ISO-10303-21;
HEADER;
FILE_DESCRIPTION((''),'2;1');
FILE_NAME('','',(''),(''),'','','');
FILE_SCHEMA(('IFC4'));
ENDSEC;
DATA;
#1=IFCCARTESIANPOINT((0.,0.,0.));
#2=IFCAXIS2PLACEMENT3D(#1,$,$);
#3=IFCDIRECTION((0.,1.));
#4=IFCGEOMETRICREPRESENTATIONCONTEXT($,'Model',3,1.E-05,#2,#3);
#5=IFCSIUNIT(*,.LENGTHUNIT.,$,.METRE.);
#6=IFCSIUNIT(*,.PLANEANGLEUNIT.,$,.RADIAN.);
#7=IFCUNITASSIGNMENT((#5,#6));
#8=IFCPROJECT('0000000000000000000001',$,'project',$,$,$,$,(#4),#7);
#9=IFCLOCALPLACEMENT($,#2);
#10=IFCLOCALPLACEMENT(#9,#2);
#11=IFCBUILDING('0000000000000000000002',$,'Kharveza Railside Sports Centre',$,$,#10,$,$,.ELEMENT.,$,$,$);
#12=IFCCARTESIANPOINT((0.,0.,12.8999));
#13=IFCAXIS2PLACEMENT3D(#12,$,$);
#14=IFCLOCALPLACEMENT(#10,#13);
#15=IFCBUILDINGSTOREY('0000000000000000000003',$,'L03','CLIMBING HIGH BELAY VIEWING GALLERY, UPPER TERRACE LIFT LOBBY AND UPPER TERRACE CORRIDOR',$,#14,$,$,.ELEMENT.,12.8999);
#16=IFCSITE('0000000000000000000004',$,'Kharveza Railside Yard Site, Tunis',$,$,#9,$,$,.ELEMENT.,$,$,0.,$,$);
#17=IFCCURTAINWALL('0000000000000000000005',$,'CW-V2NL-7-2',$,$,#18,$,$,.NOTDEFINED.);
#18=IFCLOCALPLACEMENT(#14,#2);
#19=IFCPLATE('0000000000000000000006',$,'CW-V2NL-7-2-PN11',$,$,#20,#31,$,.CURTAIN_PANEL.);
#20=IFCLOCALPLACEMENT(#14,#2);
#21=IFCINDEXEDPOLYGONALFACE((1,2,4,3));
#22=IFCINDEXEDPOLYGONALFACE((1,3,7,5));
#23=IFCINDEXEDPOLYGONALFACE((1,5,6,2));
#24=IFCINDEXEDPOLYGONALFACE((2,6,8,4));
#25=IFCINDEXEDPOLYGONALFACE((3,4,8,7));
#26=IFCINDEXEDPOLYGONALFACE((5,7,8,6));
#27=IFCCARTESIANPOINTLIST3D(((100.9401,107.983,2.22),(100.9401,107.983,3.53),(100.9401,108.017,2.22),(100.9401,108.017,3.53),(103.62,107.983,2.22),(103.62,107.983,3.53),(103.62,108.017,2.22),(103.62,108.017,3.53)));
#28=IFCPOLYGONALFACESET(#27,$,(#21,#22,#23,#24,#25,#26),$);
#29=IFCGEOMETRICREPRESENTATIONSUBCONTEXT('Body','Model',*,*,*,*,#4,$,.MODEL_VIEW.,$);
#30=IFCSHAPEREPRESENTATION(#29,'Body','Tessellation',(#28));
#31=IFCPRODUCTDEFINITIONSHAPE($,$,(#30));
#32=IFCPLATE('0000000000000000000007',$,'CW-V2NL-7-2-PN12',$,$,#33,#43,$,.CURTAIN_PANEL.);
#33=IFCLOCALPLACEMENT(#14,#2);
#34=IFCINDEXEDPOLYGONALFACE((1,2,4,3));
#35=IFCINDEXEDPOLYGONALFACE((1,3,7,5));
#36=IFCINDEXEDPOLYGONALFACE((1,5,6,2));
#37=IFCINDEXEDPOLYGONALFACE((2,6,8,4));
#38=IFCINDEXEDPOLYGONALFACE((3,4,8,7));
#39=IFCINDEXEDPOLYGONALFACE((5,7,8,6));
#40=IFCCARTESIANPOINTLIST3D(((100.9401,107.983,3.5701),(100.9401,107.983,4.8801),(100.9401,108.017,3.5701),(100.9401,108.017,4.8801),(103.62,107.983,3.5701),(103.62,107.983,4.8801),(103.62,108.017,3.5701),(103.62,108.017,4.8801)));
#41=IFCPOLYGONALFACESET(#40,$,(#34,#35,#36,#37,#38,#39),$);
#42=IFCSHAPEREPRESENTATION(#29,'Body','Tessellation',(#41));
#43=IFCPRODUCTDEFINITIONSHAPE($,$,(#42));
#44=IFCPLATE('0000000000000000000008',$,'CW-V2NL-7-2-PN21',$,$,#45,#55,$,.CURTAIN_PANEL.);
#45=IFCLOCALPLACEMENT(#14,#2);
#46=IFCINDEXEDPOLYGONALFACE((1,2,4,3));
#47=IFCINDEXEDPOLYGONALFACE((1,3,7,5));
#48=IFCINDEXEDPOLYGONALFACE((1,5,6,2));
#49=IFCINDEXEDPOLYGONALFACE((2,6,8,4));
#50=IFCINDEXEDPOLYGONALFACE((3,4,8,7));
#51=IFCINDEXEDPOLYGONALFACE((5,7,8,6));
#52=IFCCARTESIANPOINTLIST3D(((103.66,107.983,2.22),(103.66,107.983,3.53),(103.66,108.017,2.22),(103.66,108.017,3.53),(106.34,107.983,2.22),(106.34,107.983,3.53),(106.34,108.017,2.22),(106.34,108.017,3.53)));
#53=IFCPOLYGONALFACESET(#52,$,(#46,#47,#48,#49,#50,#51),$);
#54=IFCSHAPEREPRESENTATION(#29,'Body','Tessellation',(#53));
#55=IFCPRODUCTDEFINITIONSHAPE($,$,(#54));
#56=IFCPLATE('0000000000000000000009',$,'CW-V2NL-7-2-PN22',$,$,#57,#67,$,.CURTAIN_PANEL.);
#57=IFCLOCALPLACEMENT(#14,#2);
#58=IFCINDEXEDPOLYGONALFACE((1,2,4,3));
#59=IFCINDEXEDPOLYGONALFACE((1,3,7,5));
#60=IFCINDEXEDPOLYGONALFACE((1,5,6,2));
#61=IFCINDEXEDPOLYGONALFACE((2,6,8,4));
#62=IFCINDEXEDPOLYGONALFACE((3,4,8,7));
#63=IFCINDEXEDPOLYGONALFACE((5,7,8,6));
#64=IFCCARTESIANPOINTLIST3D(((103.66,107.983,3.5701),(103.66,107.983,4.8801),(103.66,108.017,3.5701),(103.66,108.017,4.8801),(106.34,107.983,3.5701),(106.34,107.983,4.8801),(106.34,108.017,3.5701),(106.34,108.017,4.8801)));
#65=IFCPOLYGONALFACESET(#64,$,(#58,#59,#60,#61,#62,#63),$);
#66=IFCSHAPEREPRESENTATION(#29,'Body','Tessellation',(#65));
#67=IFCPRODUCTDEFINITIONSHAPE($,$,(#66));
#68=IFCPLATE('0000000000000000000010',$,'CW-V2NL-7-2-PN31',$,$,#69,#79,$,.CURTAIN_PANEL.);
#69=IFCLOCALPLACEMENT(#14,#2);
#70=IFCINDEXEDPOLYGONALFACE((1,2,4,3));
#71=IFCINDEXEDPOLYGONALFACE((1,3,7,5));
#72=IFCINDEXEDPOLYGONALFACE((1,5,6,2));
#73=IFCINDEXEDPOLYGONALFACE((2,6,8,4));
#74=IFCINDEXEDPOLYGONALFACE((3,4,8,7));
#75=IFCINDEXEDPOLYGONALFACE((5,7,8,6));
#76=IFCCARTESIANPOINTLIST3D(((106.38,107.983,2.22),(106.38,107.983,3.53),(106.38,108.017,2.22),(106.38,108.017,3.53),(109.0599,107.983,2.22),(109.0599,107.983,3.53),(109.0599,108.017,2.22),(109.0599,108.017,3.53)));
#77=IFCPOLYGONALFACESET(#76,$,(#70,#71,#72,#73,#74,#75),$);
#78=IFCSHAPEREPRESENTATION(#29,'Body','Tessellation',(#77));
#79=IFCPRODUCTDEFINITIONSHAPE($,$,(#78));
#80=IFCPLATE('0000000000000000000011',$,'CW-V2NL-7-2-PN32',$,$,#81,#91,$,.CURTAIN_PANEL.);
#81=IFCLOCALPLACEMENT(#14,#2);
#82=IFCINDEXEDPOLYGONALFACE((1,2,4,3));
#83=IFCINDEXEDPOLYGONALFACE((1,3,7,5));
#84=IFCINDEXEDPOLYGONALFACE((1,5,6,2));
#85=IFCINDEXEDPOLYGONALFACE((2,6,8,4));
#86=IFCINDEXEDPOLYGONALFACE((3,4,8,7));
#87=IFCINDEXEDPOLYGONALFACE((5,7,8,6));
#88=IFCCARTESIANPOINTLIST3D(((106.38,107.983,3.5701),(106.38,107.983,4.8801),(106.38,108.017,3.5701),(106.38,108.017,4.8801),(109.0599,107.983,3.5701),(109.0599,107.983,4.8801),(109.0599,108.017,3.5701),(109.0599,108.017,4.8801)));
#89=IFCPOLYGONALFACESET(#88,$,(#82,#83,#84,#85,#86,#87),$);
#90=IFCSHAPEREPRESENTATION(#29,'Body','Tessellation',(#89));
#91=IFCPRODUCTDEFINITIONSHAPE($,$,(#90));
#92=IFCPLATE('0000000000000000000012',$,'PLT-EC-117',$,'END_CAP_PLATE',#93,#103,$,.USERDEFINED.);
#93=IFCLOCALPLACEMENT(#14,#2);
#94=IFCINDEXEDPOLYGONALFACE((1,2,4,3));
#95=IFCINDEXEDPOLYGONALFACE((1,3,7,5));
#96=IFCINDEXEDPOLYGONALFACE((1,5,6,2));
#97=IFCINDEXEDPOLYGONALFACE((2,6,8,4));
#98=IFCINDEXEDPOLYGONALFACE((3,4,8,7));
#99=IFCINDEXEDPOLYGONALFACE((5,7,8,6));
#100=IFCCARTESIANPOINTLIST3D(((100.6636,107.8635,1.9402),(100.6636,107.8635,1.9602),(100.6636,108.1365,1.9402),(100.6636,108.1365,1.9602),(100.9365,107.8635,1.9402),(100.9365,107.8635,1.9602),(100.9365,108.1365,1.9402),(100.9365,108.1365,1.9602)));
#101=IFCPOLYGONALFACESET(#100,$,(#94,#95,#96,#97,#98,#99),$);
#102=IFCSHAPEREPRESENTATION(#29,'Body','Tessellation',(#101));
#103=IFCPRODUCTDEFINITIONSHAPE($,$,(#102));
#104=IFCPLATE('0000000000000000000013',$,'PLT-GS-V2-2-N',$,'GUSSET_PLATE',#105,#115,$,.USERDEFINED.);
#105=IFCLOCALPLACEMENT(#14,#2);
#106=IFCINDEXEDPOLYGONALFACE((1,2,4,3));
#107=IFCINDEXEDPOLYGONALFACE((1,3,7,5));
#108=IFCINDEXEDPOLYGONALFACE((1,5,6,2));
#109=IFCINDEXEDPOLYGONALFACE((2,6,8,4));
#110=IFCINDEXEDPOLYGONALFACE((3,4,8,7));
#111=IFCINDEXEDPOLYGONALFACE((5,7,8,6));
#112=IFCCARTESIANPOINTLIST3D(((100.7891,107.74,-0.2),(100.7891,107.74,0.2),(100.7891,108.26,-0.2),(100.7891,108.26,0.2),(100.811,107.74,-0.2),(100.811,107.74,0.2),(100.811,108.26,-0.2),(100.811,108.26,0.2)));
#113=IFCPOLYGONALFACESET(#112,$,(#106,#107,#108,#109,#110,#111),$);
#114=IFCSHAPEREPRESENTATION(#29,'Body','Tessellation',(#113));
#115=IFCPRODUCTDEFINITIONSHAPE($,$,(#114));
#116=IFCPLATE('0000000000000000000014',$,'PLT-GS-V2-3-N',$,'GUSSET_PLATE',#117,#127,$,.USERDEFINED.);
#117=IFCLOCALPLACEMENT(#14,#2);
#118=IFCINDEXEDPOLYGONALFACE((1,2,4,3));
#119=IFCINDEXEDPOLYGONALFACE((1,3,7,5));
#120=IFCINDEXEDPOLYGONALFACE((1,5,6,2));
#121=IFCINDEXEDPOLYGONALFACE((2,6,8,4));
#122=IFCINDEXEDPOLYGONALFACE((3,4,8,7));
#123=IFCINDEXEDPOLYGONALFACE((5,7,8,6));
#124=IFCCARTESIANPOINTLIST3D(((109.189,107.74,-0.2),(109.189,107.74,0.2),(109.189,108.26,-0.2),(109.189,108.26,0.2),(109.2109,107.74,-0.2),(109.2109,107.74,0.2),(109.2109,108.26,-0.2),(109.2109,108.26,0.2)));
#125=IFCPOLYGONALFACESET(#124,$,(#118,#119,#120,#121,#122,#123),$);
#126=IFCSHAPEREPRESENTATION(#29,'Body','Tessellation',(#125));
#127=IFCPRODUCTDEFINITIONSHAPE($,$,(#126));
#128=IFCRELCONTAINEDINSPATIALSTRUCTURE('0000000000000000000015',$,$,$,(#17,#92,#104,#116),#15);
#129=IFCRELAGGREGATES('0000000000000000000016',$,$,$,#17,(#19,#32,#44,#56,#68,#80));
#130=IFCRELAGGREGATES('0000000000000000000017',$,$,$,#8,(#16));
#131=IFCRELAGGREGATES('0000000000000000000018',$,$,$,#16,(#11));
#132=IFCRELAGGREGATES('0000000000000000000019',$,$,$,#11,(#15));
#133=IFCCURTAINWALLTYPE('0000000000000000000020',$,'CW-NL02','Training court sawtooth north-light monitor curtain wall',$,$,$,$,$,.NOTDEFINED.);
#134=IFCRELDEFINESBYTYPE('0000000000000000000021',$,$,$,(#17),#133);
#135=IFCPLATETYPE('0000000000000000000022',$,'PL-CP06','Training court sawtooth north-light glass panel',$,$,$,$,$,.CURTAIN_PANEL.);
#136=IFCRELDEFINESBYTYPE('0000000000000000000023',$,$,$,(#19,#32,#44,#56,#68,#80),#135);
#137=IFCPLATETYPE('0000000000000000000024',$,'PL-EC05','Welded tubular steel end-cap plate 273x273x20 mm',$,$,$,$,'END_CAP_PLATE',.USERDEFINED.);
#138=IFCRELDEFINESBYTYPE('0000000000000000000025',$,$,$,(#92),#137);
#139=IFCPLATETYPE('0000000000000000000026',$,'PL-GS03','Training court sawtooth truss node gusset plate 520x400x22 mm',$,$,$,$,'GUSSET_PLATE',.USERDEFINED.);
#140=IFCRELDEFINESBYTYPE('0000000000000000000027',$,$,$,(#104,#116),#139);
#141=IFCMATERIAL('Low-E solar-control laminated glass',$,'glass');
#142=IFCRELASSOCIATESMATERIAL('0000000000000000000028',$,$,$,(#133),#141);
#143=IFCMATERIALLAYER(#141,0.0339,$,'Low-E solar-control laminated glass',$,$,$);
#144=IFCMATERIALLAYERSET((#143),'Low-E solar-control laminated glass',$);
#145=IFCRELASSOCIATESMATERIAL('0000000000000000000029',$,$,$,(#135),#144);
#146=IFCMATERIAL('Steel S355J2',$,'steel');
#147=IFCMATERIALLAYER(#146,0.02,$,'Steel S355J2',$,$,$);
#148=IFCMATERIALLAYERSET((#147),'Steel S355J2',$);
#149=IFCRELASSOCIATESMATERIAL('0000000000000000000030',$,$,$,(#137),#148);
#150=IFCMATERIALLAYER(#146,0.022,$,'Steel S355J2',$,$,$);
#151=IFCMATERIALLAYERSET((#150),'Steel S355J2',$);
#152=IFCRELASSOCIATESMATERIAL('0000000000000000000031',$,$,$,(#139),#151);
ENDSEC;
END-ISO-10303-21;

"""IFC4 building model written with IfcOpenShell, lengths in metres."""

from ifc_helpers import new_model, si_unit, direction, frame, origin, origin_2d, place, context, subcontext, project, spatial, rectangle, extrude, material, layer, layer_set, type_object, element, aggregate, save


model = new_model("IFC4")

# Units and contexts
model_context = context("Model", 3, precision=1e-05, world=origin(), true_north=direction((0.0, 1.0)))
body_context = subcontext(model_context, "Body", "Model", "MODEL_VIEW")
ifc_project = project(units=[si_unit("LENGTHUNIT", "METRE"), si_unit("PLANEANGLEUNIT", "RADIAN")], contexts=[model_context])

# Site, building, storey
site_placement = place(None, origin())
site = spatial("IfcSite", under=ifc_project, at=site_placement, Name="Kharveza Railside Yard Site, Tunis", CompositionType="ELEMENT", RefElevation=0.0)
building_placement = place(site_placement, origin())
building = spatial("IfcBuilding", under=site, at=building_placement, Name="Kharveza Railside Sports Centre", CompositionType="ELEMENT")
storey_placement = place(building_placement, frame((0.0, 0.0, 12.8999)))
storey = spatial("IfcBuildingStorey", under=building, at=storey_placement, Name="L03", Description="CLIMBING HIGH BELAY VIEWING GALLERY, UPPER TERRACE LIFT LOBBY AND UPPER TERRACE CORRIDOR", CompositionType="ELEMENT", Elevation=12.8999)

# Curtain wall
ifc_material_1 = material(Name="Low-E solar-control laminated glass", Category="glass")
curtain_wall_type = type_object("IfcCurtainWallType", Name="CW-NL02", Description="Training court sawtooth north-light monitor curtain wall", PredefinedType="NOTDEFINED", material=ifc_material_1)
curtain_wall_1_placement = place(storey_placement, origin())
curtain_wall_1 = element("IfcCurtainWall", 1, at=curtain_wall_1_placement, inside=storey, type_object=curtain_wall_type, Name="CW-V2NL-7-2", PredefinedType="NOTDEFINED")

# Shared definitions
ifc_material_2 = material(Name="Steel S355J2", Category="steel")

# Plates
ifc_layer_1 = layer(ifc_material_1, 0.0339, Name="Low-E solar-control laminated glass")
ifc_layer_set_1 = layer_set([ifc_layer_1], Name="Low-E solar-control laminated glass")
plate_type_1 = type_object("IfcPlateType", Name="PL-CP06", Description="Training court sawtooth north-light glass panel", PredefinedType="CURTAIN_PANEL", material=ifc_layer_set_1)
plate_1_placement = place(storey_placement, frame((102.28, 108.0, 2.22), z_axis=(0.0, 0.0, 1.0), x_axis=(1.0, 0.0, 0.0)))
plate_1 = element("IfcPlate", 2, at=plate_1_placement, type_object=plate_type_1, Name="CW-V2NL-7-2-PN11", PredefinedType="CURTAIN_PANEL", context=body_context, shape_type="SweptSolid", body=[
    extrude(rectangle(XDim=2.6799, YDim=0.0339, at=origin_2d()), origin(), (0.0, 0.0, 1.0), 1.3101),
])
plate_2_placement = place(storey_placement, frame((102.28, 108.0, 3.5701), z_axis=(0.0, 0.0, 1.0), x_axis=(1.0, 0.0, 0.0)))
plate_2 = element("IfcPlate", 3, at=plate_2_placement, type_object=plate_type_1, Name="CW-V2NL-7-2-PN12", PredefinedType="CURTAIN_PANEL", context=body_context, shape_type="SweptSolid", body=[
    extrude(rectangle(XDim=2.6799, YDim=0.0339, at=origin_2d()), origin(), (0.0, 0.0, 1.0), 1.3101),
])
plate_3_placement = place(storey_placement, frame((105.0, 108.0, 2.22), z_axis=(0.0, 0.0, 1.0), x_axis=(1.0, 0.0, 0.0)))
plate_3 = element("IfcPlate", 4, at=plate_3_placement, type_object=plate_type_1, Name="CW-V2NL-7-2-PN21", PredefinedType="CURTAIN_PANEL", context=body_context, shape_type="SweptSolid", body=[
    extrude(rectangle(XDim=2.6799, YDim=0.0339, at=origin_2d()), origin(), (0.0, 0.0, 1.0), 1.3101),
])
plate_4_placement = place(storey_placement, frame((105.0, 108.0, 3.5701), z_axis=(0.0, 0.0, 1.0), x_axis=(1.0, 0.0, 0.0)))
plate_4 = element("IfcPlate", 5, at=plate_4_placement, type_object=plate_type_1, Name="CW-V2NL-7-2-PN22", PredefinedType="CURTAIN_PANEL", context=body_context, shape_type="SweptSolid", body=[
    extrude(rectangle(XDim=2.6799, YDim=0.0339, at=origin_2d()), origin(), (0.0, 0.0, 1.0), 1.3101),
])
plate_5_placement = place(storey_placement, frame((107.72, 108.0, 2.22), z_axis=(0.0, 0.0, 1.0), x_axis=(1.0, 0.0, 0.0)))
plate_5 = element("IfcPlate", 6, at=plate_5_placement, type_object=plate_type_1, Name="CW-V2NL-7-2-PN31", PredefinedType="CURTAIN_PANEL", context=body_context, shape_type="SweptSolid", body=[
    extrude(rectangle(XDim=2.6799, YDim=0.0339, at=origin_2d()), origin(), (0.0, 0.0, 1.0), 1.3101),
])
plate_6_placement = place(storey_placement, frame((107.72, 108.0, 3.5701), z_axis=(0.0, 0.0, 1.0), x_axis=(1.0, 0.0, 0.0)))
plate_6 = element("IfcPlate", 7, at=plate_6_placement, type_object=plate_type_1, Name="CW-V2NL-7-2-PN32", PredefinedType="CURTAIN_PANEL", context=body_context, shape_type="SweptSolid", body=[
    extrude(rectangle(XDim=2.6799, YDim=0.0339, at=origin_2d()), origin(), (0.0, 0.0, 1.0), 1.3101),
])
aggregate(curtain_wall_1, [plate_1, plate_2, plate_3, plate_4, plate_5, plate_6])

# Plates
ifc_layer_2 = layer(ifc_material_2, 0.02, Name="Steel S355J2")
ifc_layer_set_2 = layer_set([ifc_layer_2], Name="Steel S355J2")
plate_type_2 = type_object("IfcPlateType", Name="PL-EC05", Description="Welded tubular steel end-cap plate 273x273x20 mm", ElementType="END_CAP_PLATE", PredefinedType="USERDEFINED", material=ifc_layer_set_2)
plate_7_placement = place(storey_placement, frame((100.8, 108.0, 1.9402), z_axis=(0.0, 0.0, 1.0), x_axis=(1.0, 0.0, 0.0)))
element("IfcPlate", 8, at=plate_7_placement, inside=storey, type_object=plate_type_2, Name="PLT-EC-117", ObjectType="END_CAP_PLATE", PredefinedType="USERDEFINED", context=body_context, shape_type="SweptSolid", body=[
    extrude(rectangle(XDim=0.2729, YDim=0.2729, at=origin_2d()), origin(), (0.0, 0.0, 1.0), 0.02),
])
ifc_layer_3 = layer(ifc_material_2, 0.022, Name="Steel S355J2")
ifc_layer_set_3 = layer_set([ifc_layer_3], Name="Steel S355J2")
plate_type_3 = type_object("IfcPlateType", Name="PL-GS03", Description="Training court sawtooth truss node gusset plate 520x400x22 mm", ElementType="GUSSET_PLATE", PredefinedType="USERDEFINED", material=ifc_layer_set_3)
for number, where, z_axis, x_axis, name in (
    (9, (100.8, 108.0, -0.2), (0.0, 0.0, 1.0), (1.0, 0.0, 0.0), "PLT-GS-V2-2-N"),
    (10, (109.2, 108.0, -0.2), (0.0, 0.0, 1.0), (1.0, 0.0, 0.0), "PLT-GS-V2-3-N"),
):
    element("IfcPlate", number, at=place(storey_placement, frame(where, z_axis=z_axis, x_axis=x_axis)), inside=storey, type_object=plate_type_3, Name=name, ObjectType="GUSSET_PLATE", PredefinedType="USERDEFINED", context=body_context, shape_type="SweptSolid", body=[
        extrude(rectangle(XDim=0.022, YDim=0.52, at=origin_2d()), origin(), (0.0, 0.0, 1.0), 0.3999),
    ])

save(model, "model.ifc")
